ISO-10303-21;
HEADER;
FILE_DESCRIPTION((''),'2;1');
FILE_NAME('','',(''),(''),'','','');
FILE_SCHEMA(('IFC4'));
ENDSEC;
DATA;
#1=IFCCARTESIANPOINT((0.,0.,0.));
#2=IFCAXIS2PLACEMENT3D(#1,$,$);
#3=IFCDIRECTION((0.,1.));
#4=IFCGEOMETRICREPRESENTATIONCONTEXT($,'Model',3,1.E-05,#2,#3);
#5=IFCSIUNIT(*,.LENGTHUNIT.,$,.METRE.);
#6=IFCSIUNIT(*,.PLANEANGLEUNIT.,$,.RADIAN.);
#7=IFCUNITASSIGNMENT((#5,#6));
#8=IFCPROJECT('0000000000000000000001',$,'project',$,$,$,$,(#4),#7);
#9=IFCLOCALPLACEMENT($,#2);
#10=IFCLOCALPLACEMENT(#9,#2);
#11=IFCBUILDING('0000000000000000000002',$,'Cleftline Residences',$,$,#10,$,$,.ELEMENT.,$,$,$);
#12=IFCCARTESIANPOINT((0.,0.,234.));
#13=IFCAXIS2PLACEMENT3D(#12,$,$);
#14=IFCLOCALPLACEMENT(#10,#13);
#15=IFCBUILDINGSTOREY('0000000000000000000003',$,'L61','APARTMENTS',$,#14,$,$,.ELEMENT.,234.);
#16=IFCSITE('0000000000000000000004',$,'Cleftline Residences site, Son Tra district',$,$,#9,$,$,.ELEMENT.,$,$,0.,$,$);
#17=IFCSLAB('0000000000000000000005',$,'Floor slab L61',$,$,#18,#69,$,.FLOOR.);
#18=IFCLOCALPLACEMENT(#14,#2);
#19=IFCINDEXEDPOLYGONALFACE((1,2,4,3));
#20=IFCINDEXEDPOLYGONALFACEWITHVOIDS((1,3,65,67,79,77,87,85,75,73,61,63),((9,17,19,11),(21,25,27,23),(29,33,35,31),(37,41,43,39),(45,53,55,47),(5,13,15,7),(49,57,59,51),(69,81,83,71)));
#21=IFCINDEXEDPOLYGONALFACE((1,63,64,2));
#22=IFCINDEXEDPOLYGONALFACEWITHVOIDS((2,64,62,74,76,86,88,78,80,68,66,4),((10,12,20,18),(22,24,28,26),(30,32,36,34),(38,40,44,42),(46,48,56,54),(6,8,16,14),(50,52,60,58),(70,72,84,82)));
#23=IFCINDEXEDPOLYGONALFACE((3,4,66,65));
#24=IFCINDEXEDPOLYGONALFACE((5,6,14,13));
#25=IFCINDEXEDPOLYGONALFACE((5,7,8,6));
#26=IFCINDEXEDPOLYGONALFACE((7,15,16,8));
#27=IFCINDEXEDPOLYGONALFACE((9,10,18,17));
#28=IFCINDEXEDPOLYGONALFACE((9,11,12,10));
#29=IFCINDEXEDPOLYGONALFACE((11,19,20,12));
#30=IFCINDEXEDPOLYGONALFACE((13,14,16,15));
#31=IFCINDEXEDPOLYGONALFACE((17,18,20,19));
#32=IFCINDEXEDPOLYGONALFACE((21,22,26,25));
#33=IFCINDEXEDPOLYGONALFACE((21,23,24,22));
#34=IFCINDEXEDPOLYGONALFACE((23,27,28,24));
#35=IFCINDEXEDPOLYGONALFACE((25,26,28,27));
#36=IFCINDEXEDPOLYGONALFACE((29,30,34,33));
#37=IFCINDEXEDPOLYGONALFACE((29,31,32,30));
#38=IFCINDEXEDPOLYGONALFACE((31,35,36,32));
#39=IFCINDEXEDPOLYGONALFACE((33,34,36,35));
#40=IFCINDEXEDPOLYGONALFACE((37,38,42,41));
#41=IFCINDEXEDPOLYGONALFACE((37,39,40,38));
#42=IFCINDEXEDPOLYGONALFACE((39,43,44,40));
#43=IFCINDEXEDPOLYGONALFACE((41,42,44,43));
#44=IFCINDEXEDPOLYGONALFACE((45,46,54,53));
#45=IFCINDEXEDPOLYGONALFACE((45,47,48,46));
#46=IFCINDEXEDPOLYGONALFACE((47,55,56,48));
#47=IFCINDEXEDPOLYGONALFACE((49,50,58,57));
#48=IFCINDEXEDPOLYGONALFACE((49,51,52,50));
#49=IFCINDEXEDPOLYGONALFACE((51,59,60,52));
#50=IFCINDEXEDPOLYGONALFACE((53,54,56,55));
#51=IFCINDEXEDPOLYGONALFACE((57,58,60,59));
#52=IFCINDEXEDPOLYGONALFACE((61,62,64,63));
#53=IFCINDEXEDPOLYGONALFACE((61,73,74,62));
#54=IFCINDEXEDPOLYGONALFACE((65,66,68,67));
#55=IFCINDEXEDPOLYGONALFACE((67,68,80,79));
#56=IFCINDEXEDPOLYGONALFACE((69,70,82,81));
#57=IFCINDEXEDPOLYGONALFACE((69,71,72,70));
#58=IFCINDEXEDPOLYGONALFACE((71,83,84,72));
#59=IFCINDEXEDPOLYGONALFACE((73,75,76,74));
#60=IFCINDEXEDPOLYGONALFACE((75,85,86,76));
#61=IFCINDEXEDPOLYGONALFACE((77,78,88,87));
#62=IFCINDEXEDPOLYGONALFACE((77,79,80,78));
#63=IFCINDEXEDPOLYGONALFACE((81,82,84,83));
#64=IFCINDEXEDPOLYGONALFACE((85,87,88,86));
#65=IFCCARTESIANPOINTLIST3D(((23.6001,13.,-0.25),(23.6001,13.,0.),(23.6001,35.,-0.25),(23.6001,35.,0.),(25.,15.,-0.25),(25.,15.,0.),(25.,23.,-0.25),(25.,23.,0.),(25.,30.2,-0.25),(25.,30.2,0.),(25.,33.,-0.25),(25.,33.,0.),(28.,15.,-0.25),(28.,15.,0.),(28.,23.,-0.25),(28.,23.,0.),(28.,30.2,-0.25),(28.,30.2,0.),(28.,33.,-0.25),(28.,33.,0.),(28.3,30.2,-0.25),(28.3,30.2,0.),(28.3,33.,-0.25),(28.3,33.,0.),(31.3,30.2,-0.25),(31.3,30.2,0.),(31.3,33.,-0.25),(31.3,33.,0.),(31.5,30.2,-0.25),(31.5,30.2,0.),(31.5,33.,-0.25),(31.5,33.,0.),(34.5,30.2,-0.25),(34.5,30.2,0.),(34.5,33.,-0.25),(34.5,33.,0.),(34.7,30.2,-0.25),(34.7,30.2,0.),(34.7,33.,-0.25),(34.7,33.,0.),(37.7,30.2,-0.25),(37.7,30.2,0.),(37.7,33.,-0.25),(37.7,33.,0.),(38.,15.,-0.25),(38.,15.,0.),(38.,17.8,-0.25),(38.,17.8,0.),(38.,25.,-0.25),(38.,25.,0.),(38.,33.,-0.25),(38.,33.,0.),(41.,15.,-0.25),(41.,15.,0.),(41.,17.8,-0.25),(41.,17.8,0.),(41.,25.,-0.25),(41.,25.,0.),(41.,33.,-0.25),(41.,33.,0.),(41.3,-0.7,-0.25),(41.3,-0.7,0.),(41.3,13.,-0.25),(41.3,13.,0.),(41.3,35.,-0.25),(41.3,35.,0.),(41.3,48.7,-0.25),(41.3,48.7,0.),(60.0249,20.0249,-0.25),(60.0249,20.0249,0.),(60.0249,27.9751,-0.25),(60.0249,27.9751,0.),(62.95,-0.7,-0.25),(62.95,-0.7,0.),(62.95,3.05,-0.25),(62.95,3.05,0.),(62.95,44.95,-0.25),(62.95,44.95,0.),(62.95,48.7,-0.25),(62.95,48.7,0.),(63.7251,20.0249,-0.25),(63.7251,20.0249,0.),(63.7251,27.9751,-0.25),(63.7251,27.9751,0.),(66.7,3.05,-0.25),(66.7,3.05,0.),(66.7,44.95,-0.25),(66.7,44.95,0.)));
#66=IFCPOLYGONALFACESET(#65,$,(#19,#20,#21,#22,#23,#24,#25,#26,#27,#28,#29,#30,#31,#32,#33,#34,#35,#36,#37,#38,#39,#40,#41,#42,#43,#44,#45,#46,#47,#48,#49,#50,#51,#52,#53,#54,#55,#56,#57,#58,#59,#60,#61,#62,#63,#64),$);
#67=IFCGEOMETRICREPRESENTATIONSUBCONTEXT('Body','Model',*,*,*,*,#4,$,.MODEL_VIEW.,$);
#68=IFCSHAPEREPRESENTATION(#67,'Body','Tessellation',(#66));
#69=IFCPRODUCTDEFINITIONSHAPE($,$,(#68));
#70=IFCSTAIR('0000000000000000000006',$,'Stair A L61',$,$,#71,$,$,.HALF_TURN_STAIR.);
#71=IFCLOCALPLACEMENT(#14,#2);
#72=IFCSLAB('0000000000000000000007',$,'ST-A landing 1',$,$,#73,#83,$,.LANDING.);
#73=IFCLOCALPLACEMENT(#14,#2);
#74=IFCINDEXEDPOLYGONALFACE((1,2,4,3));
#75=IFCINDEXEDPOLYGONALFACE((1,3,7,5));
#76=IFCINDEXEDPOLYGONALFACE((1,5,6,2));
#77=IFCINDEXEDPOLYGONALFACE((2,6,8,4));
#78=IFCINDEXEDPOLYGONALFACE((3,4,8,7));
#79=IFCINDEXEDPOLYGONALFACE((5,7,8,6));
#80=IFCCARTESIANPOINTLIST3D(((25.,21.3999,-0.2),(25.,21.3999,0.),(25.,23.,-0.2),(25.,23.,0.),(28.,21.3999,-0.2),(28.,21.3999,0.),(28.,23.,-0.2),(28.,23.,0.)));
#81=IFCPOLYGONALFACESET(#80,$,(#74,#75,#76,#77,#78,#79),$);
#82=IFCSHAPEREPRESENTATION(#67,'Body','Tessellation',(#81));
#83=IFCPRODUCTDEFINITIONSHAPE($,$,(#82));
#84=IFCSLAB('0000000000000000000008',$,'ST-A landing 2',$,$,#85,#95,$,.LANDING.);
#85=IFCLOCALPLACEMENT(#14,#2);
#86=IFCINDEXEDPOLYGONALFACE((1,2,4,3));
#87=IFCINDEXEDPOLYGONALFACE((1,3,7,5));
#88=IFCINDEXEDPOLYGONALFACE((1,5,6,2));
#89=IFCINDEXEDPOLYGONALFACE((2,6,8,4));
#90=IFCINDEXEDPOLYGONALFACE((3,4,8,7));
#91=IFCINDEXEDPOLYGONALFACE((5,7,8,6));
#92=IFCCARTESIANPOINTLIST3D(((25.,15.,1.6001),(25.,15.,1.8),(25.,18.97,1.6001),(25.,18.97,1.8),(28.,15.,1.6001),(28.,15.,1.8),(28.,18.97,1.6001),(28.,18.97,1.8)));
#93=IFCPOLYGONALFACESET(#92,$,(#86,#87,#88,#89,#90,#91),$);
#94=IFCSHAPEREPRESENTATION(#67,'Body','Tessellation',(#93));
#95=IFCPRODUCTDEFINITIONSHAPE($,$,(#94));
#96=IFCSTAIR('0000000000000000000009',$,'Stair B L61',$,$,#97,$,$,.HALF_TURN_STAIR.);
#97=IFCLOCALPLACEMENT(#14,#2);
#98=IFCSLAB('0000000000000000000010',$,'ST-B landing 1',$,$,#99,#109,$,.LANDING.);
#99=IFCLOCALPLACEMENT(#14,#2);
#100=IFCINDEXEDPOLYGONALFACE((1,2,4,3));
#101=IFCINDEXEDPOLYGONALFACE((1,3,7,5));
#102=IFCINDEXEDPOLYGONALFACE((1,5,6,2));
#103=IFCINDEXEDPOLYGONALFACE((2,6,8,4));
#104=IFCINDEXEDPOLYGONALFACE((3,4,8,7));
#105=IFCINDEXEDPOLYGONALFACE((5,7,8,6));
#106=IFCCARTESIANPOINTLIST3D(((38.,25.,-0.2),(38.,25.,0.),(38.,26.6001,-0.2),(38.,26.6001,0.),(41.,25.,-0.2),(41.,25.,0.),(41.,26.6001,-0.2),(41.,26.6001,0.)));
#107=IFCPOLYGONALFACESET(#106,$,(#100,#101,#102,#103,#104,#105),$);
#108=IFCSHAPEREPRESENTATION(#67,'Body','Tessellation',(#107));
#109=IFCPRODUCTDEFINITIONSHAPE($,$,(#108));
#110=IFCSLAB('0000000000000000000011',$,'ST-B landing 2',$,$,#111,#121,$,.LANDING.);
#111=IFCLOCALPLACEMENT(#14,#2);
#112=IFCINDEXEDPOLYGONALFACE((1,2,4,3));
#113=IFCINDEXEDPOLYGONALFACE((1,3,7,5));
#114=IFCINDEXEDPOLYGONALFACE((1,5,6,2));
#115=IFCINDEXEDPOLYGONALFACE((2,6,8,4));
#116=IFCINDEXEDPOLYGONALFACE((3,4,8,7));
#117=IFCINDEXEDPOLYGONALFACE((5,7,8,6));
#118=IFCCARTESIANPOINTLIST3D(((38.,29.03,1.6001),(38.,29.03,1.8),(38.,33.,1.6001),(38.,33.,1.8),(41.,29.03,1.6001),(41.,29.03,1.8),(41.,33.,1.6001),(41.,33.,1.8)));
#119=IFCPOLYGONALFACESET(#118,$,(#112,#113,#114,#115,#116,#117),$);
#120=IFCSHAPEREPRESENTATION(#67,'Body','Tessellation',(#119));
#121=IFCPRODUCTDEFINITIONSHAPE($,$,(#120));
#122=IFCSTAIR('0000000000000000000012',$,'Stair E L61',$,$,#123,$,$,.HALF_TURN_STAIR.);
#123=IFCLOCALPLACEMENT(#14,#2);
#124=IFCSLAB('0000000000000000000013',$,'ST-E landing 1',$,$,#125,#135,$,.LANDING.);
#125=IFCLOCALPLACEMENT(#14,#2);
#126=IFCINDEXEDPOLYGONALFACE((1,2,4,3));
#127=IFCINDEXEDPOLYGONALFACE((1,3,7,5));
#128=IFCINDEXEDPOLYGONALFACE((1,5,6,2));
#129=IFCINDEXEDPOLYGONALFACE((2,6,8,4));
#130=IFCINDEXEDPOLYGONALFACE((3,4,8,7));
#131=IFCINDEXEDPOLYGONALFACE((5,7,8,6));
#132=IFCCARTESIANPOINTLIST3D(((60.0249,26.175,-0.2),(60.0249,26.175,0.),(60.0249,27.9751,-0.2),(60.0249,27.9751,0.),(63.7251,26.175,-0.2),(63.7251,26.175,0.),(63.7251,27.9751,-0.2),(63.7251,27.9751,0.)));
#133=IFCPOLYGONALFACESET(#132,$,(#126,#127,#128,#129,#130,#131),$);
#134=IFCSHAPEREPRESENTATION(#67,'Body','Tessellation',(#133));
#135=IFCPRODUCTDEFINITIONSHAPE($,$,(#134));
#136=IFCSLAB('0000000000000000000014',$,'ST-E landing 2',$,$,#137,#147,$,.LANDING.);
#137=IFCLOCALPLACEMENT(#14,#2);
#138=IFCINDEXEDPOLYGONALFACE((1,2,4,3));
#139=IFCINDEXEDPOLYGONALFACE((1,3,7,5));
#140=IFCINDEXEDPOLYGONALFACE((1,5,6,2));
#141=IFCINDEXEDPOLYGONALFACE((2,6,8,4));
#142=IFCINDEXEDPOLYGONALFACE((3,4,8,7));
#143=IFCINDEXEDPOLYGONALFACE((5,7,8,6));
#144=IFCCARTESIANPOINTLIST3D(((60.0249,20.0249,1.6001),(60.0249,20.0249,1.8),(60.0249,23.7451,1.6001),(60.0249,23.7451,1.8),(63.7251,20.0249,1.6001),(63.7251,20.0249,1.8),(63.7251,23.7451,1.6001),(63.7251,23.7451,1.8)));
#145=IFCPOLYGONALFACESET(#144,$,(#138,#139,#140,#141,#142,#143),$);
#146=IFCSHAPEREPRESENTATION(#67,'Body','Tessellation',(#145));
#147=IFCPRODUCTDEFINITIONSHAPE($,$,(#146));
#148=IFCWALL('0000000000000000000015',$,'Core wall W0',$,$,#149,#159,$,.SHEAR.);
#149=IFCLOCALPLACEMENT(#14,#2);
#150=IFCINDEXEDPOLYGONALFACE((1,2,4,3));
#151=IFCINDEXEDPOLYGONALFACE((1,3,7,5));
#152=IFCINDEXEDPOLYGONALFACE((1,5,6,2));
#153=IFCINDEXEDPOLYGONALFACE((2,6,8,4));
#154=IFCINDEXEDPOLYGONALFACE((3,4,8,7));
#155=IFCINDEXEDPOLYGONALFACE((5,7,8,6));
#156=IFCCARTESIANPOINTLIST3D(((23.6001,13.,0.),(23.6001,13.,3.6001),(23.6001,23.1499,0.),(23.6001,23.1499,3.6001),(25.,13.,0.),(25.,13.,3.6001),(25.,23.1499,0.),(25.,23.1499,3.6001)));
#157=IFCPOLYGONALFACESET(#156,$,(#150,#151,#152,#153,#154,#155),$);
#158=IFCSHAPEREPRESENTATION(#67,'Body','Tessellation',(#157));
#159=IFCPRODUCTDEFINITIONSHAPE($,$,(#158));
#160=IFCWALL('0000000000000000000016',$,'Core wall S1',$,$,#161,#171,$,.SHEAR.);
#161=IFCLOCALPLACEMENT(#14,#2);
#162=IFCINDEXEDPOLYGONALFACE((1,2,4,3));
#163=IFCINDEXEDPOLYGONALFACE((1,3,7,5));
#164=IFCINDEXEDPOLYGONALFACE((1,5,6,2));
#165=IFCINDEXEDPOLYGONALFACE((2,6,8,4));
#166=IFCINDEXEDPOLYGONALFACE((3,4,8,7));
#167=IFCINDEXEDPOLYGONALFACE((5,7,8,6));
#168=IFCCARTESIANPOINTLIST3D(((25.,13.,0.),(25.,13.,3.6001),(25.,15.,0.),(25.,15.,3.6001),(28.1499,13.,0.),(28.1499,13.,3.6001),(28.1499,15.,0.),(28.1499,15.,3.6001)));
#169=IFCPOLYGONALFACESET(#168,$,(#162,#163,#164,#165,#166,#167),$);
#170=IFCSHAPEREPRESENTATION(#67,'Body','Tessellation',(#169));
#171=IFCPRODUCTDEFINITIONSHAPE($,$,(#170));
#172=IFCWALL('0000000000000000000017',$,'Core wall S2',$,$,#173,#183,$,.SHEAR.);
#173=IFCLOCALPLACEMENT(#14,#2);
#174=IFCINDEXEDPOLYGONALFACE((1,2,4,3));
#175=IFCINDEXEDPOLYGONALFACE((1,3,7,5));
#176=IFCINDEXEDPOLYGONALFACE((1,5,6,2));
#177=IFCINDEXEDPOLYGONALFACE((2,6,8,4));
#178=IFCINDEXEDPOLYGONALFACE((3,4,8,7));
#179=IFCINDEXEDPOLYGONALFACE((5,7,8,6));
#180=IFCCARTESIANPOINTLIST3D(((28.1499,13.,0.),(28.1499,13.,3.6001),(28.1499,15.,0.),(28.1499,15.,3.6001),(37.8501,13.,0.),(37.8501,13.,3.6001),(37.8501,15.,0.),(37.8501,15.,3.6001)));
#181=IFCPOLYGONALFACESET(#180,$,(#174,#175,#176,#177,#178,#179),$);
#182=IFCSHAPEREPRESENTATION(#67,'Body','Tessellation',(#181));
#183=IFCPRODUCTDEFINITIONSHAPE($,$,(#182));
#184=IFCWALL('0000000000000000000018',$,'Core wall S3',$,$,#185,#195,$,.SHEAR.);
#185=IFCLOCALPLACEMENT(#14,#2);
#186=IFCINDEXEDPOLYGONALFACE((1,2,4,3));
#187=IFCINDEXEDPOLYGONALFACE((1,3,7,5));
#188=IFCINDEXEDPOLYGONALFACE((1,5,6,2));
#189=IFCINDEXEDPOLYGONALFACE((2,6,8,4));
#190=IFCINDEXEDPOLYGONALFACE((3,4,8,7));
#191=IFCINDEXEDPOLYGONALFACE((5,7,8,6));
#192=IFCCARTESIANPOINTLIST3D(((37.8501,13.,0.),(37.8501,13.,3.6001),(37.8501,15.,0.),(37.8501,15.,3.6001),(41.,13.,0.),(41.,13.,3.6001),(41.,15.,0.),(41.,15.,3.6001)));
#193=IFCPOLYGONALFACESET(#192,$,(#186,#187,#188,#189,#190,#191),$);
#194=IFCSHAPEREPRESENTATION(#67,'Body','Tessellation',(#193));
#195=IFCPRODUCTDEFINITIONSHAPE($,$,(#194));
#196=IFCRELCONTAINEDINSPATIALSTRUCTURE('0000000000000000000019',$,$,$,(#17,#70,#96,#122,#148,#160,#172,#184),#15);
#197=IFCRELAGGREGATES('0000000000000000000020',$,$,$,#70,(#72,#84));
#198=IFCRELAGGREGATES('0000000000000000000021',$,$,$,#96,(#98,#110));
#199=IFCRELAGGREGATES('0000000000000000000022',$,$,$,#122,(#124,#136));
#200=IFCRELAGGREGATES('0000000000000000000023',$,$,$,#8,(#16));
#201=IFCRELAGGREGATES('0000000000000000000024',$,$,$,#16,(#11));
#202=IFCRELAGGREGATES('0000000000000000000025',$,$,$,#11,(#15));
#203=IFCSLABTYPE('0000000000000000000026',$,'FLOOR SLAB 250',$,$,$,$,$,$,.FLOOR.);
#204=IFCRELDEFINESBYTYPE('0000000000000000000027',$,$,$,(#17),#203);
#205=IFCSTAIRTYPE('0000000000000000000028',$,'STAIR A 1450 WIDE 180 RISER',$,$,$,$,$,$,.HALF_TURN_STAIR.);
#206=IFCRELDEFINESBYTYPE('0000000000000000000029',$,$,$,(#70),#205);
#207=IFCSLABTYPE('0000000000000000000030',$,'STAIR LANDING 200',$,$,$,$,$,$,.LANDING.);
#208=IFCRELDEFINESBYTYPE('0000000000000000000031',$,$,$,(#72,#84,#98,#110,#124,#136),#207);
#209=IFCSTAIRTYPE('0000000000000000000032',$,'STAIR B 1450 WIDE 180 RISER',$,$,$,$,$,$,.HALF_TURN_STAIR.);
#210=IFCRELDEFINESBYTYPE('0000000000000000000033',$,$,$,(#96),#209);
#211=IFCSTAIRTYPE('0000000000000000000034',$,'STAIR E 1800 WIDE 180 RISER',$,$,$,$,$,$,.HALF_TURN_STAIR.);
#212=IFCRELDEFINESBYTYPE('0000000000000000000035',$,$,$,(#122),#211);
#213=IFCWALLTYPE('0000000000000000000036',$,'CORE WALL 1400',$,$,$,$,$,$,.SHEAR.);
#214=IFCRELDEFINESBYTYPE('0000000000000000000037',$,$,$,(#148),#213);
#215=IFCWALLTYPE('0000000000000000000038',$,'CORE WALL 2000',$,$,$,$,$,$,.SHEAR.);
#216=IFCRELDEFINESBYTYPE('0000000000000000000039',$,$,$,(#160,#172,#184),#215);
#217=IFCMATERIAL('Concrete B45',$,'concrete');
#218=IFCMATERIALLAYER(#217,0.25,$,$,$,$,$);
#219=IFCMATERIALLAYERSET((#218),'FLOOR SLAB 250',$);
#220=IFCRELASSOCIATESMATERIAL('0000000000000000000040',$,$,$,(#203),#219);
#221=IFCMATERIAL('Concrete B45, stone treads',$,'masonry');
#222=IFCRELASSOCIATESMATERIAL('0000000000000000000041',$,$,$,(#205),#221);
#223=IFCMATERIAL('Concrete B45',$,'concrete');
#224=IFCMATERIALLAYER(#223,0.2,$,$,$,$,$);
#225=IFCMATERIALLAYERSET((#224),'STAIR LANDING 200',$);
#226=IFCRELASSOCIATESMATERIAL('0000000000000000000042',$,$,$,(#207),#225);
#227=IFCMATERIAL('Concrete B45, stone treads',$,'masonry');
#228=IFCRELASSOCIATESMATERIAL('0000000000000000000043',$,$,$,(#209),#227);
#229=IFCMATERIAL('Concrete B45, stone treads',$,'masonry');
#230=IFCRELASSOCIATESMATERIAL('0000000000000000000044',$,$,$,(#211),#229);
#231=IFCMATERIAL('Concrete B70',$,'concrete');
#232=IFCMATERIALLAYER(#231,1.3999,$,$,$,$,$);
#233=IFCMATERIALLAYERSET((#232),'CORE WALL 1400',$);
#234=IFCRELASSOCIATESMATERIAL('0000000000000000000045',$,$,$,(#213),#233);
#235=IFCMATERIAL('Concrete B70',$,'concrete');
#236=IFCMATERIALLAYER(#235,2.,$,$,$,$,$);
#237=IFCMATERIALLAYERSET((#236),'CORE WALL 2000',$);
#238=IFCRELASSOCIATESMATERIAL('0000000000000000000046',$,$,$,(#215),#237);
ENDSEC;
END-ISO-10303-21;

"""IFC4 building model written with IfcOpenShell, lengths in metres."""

from ifc_helpers import new_model, si_unit, direction, frame, frame_2d, origin, place, context, subcontext, project, spatial, polyline, rectangle, outline, extrude, material, layer, layer_set, type_object, element, aggregate, save


model = new_model("IFC4")

# Units and contexts
model_context = context("Model", 3, precision=1e-05, world=origin(), true_north=direction((0.0, 1.0)))
body_context = subcontext(model_context, "Body", "Model", "MODEL_VIEW")
ifc_project = project(units=[si_unit("LENGTHUNIT", "METRE"), si_unit("PLANEANGLEUNIT", "RADIAN")], contexts=[model_context])

# Site, building, storey
site_placement = place(None, origin())
site = spatial("IfcSite", under=ifc_project, at=site_placement, Name="Cleftline Residences site, Son Tra district", CompositionType="ELEMENT", RefElevation=0.0)
building_placement = place(site_placement, origin())
building = spatial("IfcBuilding", under=site, at=building_placement, Name="Cleftline Residences", CompositionType="ELEMENT")
storey_placement = place(building_placement, frame((0.0, 0.0, 234.0)))
storey = spatial("IfcBuildingStorey", under=building, at=storey_placement, Name="L61", Description="APARTMENTS", CompositionType="ELEMENT", Elevation=234.0)

# Slab
ifc_material_1 = material(Name="Concrete B45", Category="concrete")
ifc_layer_1 = layer(ifc_material_1, 0.25)
ifc_layer_set_1 = layer_set([ifc_layer_1], Name="FLOOR SLAB 250")
slab_type_1 = type_object("IfcSlabType", Name="FLOOR SLAB 250", PredefinedType="FLOOR", material=ifc_layer_set_1)
slab_1_placement = place(storey_placement, frame((0.0, 0.0, -0.25)))
element("IfcSlab", 1, at=slab_1_placement, inside=storey, type_object=slab_type_1, Name="Floor slab L61", PredefinedType="FLOOR", context=body_context, shape_type="SweptSolid", body=[
    extrude(outline(polyline([(41.3, 13.0), (41.3, -0.7), (62.95, -0.7), (62.95, 3.05), (66.7, 3.05), (66.7, 44.95), (62.95, 44.95), (62.95, 48.7), (41.3, 48.7), (41.3, 35.0), (23.6001, 35.0), (23.6001, 13.0), (41.3, 13.0)]), holes=[polyline([(28.0, 15.0), (28.0, 23.0), (25.0, 23.0), (25.0, 15.0), (28.0, 15.0)]), polyline([(41.0, 25.0), (41.0, 33.0), (38.0, 33.0), (38.0, 25.0), (41.0, 25.0)]), polyline([(28.0, 30.2), (28.0, 33.0), (25.0, 33.0), (25.0, 30.2), (28.0, 30.2)]), polyline([(41.0, 15.0), (41.0, 17.8), (38.0, 17.8), (38.0, 15.0), (41.0, 15.0)]), polyline([(31.3, 30.2), (31.3, 33.0), (28.3, 33.0), (28.3, 30.2), (31.3, 30.2)]), polyline([(34.5, 30.2), (34.5, 33.0), (31.5, 33.0), (31.5, 30.2), (34.5, 30.2)]), polyline([(37.7, 30.2), (37.7, 33.0), (34.7, 33.0), (34.7, 30.2), (37.7, 30.2)]), polyline([(63.7251, 20.0249), (63.7251, 27.9751), (60.0249, 27.9751), (60.0249, 20.0249), (63.7251, 20.0249)])]), origin(), (0.0, 0.0, 1.0), 0.25),
])

# Stairs, slabs
ifc_material_2 = material(Name="Concrete B45, stone treads", Category="masonry")
stair_type_1 = type_object("IfcStairType", Name="STAIR A 1450 WIDE 180 RISER", PredefinedType="HALF_TURN_STAIR", material=ifc_material_2)
stair_1_placement = place(storey_placement, origin())
stair_1 = element("IfcStair", 2, at=stair_1_placement, inside=storey, type_object=stair_type_1, Name="Stair A L61", PredefinedType="HALF_TURN_STAIR")
ifc_material_3 = material(Name="Concrete B45", Category="concrete")
ifc_layer_2 = layer(ifc_material_3, 0.2)
ifc_layer_set_2 = layer_set([ifc_layer_2], Name="STAIR LANDING 200")
slab_type_2 = type_object("IfcSlabType", Name="STAIR LANDING 200", PredefinedType="LANDING", material=ifc_layer_set_2)
slab_2_placement = place(storey_placement, frame((0.0, 0.0, -0.2)))
slab_2 = element("IfcSlab", 3, at=slab_2_placement, type_object=slab_type_2, Name="ST-A landing 1", PredefinedType="LANDING", context=body_context, shape_type="SweptSolid", body=[
    extrude(outline(polyline([(25.0, 21.3999), (28.0, 21.3999), (28.0, 23.0), (25.0, 23.0), (25.0, 21.3999)])), origin(), (0.0, 0.0, 1.0), 0.2),
])
slab_3_placement = place(storey_placement, frame((0.0, 0.0, 1.6001)))
slab_3 = element("IfcSlab", 4, at=slab_3_placement, type_object=slab_type_2, Name="ST-A landing 2", PredefinedType="LANDING", context=body_context, shape_type="SweptSolid", body=[
    extrude(outline(polyline([(25.0, 15.0), (28.0, 15.0), (28.0, 18.97), (25.0, 18.97), (25.0, 15.0)])), origin(), (0.0, 0.0, 1.0), 0.2),
])
aggregate(stair_1, [slab_2, slab_3])
ifc_material_4 = material(Name="Concrete B45, stone treads", Category="masonry")
stair_type_2 = type_object("IfcStairType", Name="STAIR B 1450 WIDE 180 RISER", PredefinedType="HALF_TURN_STAIR", material=ifc_material_4)
stair_2_placement = place(storey_placement, origin())
stair_2 = element("IfcStair", 5, at=stair_2_placement, inside=storey, type_object=stair_type_2, Name="Stair B L61", PredefinedType="HALF_TURN_STAIR")
slab_4_placement = place(storey_placement, frame((0.0, 0.0, -0.2)))
slab_4 = element("IfcSlab", 6, at=slab_4_placement, type_object=slab_type_2, Name="ST-B landing 1", PredefinedType="LANDING", context=body_context, shape_type="SweptSolid", body=[
    extrude(outline(polyline([(38.0, 25.0), (41.0, 25.0), (41.0, 26.6001), (38.0, 26.6001), (38.0, 25.0)])), origin(), (0.0, 0.0, 1.0), 0.2),
])
slab_5_placement = place(storey_placement, frame((0.0, 0.0, 1.6001)))
slab_5 = element("IfcSlab", 7, at=slab_5_placement, type_object=slab_type_2, Name="ST-B landing 2", PredefinedType="LANDING", context=body_context, shape_type="SweptSolid", body=[
    extrude(outline(polyline([(38.0, 29.03), (41.0, 29.03), (41.0, 33.0), (38.0, 33.0), (38.0, 29.03)])), origin(), (0.0, 0.0, 1.0), 0.2),
])
aggregate(stair_2, [slab_4, slab_5])
ifc_material_5 = material(Name="Concrete B45, stone treads", Category="masonry")
stair_type_3 = type_object("IfcStairType", Name="STAIR E 1800 WIDE 180 RISER", PredefinedType="HALF_TURN_STAIR", material=ifc_material_5)
stair_3_placement = place(storey_placement, origin())
stair_3 = element("IfcStair", 8, at=stair_3_placement, inside=storey, type_object=stair_type_3, Name="Stair E L61", PredefinedType="HALF_TURN_STAIR")
slab_6_placement = place(storey_placement, frame((0.0, 0.0, -0.2)))
slab_6 = element("IfcSlab", 9, at=slab_6_placement, type_object=slab_type_2, Name="ST-E landing 1", PredefinedType="LANDING", context=body_context, shape_type="SweptSolid", body=[
    extrude(outline(polyline([(60.0249, 26.175), (63.7251, 26.175), (63.7251, 27.9751), (60.0249, 27.9751), (60.0249, 26.175)])), origin(), (0.0, 0.0, 1.0), 0.2),
])
slab_7_placement = place(storey_placement, frame((0.0, 0.0, 1.6001)))
slab_7 = element("IfcSlab", 10, at=slab_7_placement, type_object=slab_type_2, Name="ST-E landing 2", PredefinedType="LANDING", context=body_context, shape_type="SweptSolid", body=[
    extrude(outline(polyline([(60.0249, 20.0249), (63.7251, 20.0249), (63.7251, 23.7451), (60.0249, 23.7451), (60.0249, 20.0249)])), origin(), (0.0, 0.0, 1.0), 0.2),
])
aggregate(stair_3, [slab_6, slab_7])

# Walls
ifc_material_6 = material(Name="Concrete B70", Category="concrete")
ifc_layer_3 = layer(ifc_material_6, 1.3999)
ifc_layer_set_3 = layer_set([ifc_layer_3], Name="CORE WALL 1400")
wall_type_1 = type_object("IfcWallType", Name="CORE WALL 1400", PredefinedType="SHEAR", material=ifc_layer_set_3)
wall_1_placement = place(storey_placement, frame((24.3, 13.0, 0.0), z_axis=(0.0, 0.0, 1.0), x_axis=(0.0, 1.0, 0.0)))
element("IfcWall", 11, at=wall_1_placement, inside=storey, type_object=wall_type_1, Name="Core wall W0", PredefinedType="SHEAR", context=body_context, shape_type="SweptSolid", body=[
    extrude(rectangle(XDim=10.1499, YDim=1.3999, at=frame_2d((5.075, 0.0))), origin(), (0.0, 0.0, 1.0), 3.6001),
])
ifc_material_7 = material(Name="Concrete B70", Category="concrete")
ifc_layer_4 = layer(ifc_material_7, 2.0)
ifc_layer_set_4 = layer_set([ifc_layer_4], Name="CORE WALL 2000")
wall_type_2 = type_object("IfcWallType", Name="CORE WALL 2000", PredefinedType="SHEAR", material=ifc_layer_set_4)
wall_2_placement = place(storey_placement, frame((25.0, 14.0, 0.0), z_axis=(0.0, 0.0, 1.0), x_axis=(1.0, 0.0, 0.0)))
element("IfcWall", 12, at=wall_2_placement, inside=storey, type_object=wall_type_2, Name="Core wall S1", PredefinedType="SHEAR", context=body_context, shape_type="SweptSolid", body=[
    extrude(rectangle(XDim=3.1499, YDim=2.0, at=frame_2d((1.575, 0.0))), origin(), (0.0, 0.0, 1.0), 3.6001),
])
wall_3_placement = place(storey_placement, frame((28.1499, 14.0, 0.0), z_axis=(0.0, 0.0, 1.0), x_axis=(1.0, 0.0, 0.0)))
element("IfcWall", 13, at=wall_3_placement, inside=storey, type_object=wall_type_2, Name="Core wall S2", PredefinedType="SHEAR", context=body_context, shape_type="SweptSolid", body=[
    extrude(rectangle(XDim=9.7002, YDim=2.0, at=frame_2d((4.8501, 0.0))), origin(), (0.0, 0.0, 1.0), 3.6001),
])
wall_4_placement = place(storey_placement, frame((37.8501, 14.0, 0.0), z_axis=(0.0, 0.0, 1.0), x_axis=(1.0, 0.0, 0.0)))
element("IfcWall", 14, at=wall_4_placement, inside=storey, type_object=wall_type_2, Name="Core wall S3", PredefinedType="SHEAR", context=body_context, shape_type="SweptSolid", body=[
    extrude(rectangle(XDim=3.1499, YDim=2.0, at=frame_2d((1.575, 0.0))), origin(), (0.0, 0.0, 1.0), 3.6001),
])

save(model, "model.ifc")
